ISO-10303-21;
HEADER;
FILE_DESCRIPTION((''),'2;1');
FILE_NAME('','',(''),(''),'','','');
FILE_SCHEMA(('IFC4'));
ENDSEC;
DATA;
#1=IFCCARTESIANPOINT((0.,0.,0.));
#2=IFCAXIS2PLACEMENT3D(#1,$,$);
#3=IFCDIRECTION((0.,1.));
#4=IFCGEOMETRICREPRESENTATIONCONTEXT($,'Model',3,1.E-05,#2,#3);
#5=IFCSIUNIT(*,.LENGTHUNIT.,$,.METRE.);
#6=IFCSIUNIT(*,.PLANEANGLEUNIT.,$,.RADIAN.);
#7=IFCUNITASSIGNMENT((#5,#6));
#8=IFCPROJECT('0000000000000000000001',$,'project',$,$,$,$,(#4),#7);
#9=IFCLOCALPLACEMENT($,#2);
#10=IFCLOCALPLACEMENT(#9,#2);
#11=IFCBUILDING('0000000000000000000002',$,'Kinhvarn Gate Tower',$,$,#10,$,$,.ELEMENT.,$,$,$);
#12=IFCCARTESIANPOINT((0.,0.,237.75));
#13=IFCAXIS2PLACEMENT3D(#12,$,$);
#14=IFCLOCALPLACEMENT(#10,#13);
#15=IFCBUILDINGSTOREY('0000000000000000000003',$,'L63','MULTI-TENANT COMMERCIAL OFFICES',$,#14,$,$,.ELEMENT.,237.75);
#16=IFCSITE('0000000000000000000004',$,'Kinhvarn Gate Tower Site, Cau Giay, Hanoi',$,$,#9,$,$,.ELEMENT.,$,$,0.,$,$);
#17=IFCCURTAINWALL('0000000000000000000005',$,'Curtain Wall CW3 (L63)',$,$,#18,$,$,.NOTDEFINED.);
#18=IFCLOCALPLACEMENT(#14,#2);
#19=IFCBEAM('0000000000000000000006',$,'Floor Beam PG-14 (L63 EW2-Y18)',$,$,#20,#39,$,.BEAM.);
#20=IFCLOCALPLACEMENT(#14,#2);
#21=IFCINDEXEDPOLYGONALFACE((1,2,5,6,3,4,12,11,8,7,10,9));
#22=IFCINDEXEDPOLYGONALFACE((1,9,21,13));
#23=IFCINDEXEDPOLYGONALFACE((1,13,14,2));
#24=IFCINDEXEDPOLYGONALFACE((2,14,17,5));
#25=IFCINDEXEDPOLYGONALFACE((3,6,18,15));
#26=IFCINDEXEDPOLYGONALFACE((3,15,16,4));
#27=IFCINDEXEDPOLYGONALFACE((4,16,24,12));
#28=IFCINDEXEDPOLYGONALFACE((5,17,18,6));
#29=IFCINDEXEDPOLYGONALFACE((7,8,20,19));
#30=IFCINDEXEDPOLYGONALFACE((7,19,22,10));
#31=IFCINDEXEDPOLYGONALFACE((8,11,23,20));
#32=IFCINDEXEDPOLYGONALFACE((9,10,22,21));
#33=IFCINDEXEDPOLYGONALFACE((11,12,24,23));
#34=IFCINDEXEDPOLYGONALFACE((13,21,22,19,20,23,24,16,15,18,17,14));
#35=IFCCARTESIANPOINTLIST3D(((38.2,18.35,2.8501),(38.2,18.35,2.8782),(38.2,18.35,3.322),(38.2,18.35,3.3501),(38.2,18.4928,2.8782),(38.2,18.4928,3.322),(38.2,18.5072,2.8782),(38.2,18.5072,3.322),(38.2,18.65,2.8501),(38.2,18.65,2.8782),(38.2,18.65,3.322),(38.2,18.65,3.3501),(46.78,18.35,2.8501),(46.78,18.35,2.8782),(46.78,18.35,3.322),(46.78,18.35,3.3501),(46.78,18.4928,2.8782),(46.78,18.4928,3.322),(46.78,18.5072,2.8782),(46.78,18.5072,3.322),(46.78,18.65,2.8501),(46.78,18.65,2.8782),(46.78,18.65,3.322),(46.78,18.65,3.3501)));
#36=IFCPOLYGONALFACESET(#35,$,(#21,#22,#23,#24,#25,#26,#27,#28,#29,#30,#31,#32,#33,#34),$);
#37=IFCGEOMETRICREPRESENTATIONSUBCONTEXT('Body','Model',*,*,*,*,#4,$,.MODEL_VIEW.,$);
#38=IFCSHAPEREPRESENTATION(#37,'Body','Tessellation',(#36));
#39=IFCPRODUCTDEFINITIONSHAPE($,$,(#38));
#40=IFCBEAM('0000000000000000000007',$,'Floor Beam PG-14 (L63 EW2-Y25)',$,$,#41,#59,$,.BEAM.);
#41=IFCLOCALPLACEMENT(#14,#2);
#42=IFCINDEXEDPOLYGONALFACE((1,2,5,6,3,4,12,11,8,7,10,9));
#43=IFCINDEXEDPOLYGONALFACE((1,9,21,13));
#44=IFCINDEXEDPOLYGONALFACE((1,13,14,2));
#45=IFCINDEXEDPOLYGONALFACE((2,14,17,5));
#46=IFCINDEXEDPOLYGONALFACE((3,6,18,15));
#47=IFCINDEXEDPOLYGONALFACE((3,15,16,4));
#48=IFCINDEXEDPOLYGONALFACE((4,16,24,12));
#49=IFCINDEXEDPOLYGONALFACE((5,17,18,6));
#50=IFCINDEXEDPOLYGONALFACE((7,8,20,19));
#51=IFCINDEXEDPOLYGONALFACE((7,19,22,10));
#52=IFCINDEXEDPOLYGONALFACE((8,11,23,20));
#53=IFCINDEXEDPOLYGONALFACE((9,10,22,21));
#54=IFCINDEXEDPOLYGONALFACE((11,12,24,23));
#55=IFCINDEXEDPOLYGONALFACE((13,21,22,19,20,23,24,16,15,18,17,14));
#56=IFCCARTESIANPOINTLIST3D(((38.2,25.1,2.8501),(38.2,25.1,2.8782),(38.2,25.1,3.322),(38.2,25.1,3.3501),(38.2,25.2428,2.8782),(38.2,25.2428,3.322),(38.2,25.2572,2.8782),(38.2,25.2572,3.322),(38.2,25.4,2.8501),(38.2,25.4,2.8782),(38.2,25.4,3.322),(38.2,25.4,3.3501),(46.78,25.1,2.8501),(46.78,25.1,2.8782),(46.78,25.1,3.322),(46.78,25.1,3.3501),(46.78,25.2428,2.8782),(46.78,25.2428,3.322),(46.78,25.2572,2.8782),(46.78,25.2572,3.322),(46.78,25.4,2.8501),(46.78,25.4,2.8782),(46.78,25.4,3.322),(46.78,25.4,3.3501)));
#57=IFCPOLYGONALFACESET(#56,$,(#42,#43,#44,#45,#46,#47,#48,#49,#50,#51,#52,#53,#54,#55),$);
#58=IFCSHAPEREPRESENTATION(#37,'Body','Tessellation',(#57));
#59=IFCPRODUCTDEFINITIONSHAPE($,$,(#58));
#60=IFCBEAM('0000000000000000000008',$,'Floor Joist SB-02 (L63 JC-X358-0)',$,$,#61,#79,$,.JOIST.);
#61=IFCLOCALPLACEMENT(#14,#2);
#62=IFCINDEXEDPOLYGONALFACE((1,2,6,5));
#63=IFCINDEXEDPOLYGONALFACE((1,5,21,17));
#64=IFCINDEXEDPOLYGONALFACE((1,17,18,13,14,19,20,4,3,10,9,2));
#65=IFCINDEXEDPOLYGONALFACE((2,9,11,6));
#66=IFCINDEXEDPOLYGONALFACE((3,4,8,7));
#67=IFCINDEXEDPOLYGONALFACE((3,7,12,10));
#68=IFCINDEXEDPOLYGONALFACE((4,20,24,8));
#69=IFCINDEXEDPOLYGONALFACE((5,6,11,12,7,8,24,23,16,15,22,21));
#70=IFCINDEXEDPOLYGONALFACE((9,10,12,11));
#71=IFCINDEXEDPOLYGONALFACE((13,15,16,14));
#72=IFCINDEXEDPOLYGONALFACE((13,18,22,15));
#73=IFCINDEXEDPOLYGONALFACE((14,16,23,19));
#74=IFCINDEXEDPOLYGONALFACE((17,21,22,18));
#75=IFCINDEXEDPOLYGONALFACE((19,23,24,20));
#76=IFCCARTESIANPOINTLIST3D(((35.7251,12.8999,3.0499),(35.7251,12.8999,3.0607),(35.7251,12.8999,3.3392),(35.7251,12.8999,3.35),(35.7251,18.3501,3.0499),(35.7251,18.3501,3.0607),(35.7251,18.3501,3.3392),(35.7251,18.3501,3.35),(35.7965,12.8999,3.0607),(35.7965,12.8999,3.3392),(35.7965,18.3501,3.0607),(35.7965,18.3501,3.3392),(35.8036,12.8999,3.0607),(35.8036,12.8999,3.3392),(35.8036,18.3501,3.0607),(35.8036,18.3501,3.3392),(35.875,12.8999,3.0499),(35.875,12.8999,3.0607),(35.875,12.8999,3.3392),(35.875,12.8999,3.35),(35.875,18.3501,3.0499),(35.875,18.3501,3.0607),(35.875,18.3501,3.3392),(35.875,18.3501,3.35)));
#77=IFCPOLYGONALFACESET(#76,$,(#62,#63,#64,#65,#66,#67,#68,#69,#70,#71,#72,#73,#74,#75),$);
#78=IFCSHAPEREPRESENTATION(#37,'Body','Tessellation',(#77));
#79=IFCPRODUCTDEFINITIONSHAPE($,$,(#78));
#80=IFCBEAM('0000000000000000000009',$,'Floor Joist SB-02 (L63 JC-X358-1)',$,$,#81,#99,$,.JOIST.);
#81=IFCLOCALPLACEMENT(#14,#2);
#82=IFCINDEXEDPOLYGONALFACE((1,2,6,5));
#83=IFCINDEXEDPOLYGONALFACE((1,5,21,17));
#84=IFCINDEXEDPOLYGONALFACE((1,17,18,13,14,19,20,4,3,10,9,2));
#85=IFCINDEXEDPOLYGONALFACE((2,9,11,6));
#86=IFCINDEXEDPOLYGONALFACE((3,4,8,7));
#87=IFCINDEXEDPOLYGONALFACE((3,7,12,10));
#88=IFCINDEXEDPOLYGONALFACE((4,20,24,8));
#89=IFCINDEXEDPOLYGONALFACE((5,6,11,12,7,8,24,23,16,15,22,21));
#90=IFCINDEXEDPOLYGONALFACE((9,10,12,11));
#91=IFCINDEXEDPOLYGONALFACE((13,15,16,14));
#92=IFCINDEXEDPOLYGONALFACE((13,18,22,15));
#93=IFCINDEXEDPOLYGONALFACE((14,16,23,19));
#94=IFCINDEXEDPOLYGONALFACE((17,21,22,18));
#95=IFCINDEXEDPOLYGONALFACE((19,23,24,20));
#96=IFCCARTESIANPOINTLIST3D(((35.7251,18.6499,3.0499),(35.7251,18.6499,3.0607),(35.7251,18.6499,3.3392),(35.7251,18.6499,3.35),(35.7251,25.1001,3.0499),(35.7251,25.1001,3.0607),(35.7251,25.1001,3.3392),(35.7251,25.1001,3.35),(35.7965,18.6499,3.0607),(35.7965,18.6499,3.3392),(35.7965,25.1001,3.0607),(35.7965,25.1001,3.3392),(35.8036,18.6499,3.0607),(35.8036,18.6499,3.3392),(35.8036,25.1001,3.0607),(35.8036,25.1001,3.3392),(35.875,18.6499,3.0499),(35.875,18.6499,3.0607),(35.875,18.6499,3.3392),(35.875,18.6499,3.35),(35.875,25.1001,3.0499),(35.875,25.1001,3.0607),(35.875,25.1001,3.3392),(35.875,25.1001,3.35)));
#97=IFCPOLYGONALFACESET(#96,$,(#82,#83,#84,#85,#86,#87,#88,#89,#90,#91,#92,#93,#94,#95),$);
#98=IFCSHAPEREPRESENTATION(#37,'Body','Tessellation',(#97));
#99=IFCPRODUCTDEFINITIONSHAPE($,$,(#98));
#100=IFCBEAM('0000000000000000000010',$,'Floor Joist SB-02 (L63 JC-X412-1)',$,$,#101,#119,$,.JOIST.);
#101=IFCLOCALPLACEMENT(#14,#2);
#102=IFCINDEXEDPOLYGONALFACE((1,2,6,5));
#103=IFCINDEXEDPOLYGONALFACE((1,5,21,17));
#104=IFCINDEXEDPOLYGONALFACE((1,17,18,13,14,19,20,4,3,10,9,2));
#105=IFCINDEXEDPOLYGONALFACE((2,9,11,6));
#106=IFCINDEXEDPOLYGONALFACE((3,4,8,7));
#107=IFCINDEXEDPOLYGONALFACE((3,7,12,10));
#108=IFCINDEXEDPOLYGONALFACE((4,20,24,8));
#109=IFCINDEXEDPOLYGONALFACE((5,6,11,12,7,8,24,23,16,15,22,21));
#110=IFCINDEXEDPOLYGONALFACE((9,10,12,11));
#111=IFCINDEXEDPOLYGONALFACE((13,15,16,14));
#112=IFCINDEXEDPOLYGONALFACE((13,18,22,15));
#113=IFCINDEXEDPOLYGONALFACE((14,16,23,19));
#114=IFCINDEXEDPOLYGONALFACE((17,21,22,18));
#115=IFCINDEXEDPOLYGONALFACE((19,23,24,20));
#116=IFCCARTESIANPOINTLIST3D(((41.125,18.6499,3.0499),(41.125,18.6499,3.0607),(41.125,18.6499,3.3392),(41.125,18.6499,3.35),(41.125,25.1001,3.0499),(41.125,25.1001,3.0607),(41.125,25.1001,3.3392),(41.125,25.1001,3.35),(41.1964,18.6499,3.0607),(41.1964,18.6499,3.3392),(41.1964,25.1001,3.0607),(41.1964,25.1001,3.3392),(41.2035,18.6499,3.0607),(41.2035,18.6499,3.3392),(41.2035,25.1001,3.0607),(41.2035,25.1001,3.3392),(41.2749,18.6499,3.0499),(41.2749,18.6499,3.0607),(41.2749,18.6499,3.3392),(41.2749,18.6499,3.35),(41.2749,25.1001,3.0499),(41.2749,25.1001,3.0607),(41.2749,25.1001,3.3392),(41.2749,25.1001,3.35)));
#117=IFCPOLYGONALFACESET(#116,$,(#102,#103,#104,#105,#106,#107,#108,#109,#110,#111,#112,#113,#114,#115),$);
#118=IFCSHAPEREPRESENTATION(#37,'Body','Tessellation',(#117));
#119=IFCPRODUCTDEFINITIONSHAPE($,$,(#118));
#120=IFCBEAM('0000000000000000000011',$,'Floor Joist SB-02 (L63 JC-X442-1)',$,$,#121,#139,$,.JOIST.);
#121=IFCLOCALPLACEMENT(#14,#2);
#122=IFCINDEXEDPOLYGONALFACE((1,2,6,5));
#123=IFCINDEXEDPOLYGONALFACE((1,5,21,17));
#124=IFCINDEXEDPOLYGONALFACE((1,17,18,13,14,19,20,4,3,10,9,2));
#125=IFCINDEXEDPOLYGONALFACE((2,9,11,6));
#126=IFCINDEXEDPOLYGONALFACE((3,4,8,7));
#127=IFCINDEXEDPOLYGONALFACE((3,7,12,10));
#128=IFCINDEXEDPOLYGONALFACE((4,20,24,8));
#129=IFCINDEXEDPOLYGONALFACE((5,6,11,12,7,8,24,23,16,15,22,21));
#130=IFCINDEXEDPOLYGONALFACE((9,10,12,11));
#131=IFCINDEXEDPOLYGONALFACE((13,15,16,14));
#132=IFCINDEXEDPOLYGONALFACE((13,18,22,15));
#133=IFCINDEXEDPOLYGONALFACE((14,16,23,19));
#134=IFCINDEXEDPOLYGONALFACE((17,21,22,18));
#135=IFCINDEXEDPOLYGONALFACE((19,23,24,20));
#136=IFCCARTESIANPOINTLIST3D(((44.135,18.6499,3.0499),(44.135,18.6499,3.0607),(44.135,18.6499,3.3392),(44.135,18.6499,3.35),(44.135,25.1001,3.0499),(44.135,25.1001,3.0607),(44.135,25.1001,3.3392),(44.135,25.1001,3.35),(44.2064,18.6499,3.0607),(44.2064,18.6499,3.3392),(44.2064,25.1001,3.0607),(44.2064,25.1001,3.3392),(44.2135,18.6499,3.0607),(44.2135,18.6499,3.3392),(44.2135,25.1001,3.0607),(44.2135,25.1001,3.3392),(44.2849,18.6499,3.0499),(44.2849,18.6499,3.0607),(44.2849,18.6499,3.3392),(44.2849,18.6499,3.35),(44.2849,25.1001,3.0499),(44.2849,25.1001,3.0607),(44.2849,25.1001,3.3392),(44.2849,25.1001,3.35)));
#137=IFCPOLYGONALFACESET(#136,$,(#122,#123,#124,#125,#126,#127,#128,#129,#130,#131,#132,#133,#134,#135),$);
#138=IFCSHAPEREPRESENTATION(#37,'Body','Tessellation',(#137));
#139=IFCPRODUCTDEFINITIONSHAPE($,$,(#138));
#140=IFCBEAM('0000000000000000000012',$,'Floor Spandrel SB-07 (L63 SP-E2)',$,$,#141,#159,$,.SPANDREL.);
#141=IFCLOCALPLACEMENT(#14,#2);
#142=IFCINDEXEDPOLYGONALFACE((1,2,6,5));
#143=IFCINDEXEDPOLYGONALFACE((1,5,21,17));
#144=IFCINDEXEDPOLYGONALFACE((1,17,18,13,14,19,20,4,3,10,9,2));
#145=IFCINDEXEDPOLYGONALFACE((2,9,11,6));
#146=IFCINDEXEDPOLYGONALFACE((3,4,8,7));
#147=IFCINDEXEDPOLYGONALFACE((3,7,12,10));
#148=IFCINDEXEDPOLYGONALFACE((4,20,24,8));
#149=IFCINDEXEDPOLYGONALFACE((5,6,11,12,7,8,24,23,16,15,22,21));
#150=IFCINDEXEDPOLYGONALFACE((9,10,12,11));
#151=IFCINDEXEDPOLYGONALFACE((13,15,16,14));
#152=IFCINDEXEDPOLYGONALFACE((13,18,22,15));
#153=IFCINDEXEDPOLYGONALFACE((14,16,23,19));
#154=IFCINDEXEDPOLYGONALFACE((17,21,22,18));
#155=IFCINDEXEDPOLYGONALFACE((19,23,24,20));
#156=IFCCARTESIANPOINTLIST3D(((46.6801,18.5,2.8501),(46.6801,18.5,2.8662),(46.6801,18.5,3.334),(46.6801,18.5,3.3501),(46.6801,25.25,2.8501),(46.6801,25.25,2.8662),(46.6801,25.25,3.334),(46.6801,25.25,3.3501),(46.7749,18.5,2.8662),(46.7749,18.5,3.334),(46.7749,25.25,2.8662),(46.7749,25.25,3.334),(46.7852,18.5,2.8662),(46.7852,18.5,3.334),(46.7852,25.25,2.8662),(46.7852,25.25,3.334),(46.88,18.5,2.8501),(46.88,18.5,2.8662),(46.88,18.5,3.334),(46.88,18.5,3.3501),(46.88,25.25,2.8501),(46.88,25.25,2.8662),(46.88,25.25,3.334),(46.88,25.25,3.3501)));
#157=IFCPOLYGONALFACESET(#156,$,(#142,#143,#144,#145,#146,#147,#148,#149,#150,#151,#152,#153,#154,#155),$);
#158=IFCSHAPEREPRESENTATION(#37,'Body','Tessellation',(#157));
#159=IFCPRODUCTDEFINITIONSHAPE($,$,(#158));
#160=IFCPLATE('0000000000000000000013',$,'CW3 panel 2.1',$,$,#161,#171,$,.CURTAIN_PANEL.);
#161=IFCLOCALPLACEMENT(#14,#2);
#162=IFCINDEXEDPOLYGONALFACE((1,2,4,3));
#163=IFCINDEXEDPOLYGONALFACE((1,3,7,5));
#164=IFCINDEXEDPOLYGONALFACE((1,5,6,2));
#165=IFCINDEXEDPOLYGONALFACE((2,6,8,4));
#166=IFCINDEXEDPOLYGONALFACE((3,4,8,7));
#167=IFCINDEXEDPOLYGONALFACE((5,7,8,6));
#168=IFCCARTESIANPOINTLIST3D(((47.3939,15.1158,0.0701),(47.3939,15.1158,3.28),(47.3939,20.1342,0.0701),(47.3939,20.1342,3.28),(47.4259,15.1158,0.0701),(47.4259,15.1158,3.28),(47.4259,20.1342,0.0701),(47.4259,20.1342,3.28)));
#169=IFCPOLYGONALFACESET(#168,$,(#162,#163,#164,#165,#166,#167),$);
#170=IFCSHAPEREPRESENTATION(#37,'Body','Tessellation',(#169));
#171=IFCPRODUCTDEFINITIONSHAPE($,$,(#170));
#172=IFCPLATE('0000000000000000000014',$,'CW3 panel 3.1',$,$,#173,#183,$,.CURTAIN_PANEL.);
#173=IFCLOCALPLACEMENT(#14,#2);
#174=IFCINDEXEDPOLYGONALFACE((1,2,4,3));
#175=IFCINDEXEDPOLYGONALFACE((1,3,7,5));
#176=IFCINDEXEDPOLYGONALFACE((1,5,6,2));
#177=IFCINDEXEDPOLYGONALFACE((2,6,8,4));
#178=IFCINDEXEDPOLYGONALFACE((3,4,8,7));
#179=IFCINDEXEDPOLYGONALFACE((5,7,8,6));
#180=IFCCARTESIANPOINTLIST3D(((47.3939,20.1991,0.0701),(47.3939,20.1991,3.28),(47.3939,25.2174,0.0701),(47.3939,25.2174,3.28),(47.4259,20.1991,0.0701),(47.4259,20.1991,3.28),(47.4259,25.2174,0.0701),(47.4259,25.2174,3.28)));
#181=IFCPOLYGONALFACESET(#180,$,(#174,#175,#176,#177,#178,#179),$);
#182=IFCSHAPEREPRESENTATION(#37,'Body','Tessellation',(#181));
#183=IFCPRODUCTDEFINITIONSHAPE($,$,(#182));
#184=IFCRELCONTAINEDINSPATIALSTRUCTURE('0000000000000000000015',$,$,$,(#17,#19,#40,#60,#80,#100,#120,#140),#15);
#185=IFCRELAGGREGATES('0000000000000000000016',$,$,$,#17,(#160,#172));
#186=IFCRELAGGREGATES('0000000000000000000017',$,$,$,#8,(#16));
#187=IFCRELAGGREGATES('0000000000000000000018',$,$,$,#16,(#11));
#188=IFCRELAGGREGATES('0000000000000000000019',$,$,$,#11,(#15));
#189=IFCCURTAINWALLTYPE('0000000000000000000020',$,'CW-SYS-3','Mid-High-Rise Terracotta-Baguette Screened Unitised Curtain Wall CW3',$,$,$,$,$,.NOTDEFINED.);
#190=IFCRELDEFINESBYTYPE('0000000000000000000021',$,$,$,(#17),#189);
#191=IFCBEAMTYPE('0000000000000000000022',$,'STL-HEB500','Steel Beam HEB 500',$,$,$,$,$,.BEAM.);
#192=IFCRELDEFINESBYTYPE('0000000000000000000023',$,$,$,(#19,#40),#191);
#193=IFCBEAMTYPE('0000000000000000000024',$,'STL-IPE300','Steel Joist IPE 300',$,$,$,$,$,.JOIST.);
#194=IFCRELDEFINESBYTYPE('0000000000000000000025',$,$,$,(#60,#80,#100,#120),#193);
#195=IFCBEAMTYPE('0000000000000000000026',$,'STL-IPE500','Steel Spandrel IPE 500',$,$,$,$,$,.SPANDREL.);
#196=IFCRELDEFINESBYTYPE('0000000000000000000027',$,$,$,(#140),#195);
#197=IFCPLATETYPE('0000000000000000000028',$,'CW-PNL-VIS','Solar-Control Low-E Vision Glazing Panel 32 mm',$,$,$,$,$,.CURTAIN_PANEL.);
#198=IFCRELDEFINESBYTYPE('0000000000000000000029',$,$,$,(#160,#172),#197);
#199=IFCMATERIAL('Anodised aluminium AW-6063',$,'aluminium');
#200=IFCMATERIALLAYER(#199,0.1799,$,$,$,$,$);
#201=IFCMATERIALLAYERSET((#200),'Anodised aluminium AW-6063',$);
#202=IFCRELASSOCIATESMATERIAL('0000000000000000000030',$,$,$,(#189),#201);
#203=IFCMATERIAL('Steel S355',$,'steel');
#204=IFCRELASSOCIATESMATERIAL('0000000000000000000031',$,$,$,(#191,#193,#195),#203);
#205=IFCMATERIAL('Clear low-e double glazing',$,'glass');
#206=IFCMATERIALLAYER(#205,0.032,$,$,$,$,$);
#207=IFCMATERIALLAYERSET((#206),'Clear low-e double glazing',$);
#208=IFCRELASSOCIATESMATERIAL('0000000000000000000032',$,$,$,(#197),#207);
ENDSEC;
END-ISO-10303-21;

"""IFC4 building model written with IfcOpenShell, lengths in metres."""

from ifc_helpers import new_model, si_unit, direction, frame, origin, origin_2d, place, context, subcontext, project, spatial, rectangle, i_section, extrude, material, layer, layer_set, material_profile, profile_set, type_object, element, aggregate, save


model = new_model("IFC4")

# Units and contexts
model_context = context("Model", 3, precision=1e-05, world=origin(), true_north=direction((0.0, 1.0)))
body_context = subcontext(model_context, "Body", "Model", "MODEL_VIEW")
ifc_project = project(units=[si_unit("LENGTHUNIT", "METRE"), si_unit("PLANEANGLEUNIT", "RADIAN")], contexts=[model_context])

# Site, building, storey
site_placement = place(None, origin())
site = spatial("IfcSite", under=ifc_project, at=site_placement, Name="Kinhvarn Gate Tower Site, Cau Giay, Hanoi", CompositionType="ELEMENT", RefElevation=0.0)
building_placement = place(site_placement, origin())
building = spatial("IfcBuilding", under=site, at=building_placement, Name="Kinhvarn Gate Tower", CompositionType="ELEMENT")
storey_placement = place(building_placement, frame((0.0, 0.0, 237.75)))
storey = spatial("IfcBuildingStorey", under=building, at=storey_placement, Name="L63", Description="MULTI-TENANT COMMERCIAL OFFICES", CompositionType="ELEMENT", Elevation=237.75)

# Curtain wall
ifc_material_1 = material(Name="Anodised aluminium AW-6063", Category="aluminium")
ifc_layer_1 = layer(ifc_material_1, 0.1799)
ifc_layer_set_1 = layer_set([ifc_layer_1], Name="Anodised aluminium AW-6063")
curtain_wall_type = type_object("IfcCurtainWallType", Name="CW-SYS-3", Description="Mid-High-Rise Terracotta-Baguette Screened Unitised Curtain Wall CW3", PredefinedType="NOTDEFINED", material=ifc_layer_set_1)
curtain_wall_placement = place(storey_placement, origin())
curtain_wall = element("IfcCurtainWall", 1, at=curtain_wall_placement, inside=storey, type_object=curtain_wall_type, Name="Curtain Wall CW3 (L63)", PredefinedType="NOTDEFINED")

# Beams
ifc_material_2 = material(Name="Steel S355", Category="steel")
ifc_material_profile_1 = material_profile(ifc_material_2, i_section(OverallWidth=0.3, OverallDepth=0.5, WebThickness=0.0144, FlangeThickness=0.0281, at=origin_2d()), Name="HEB 500")
ifc_profile_set_1 = profile_set([ifc_material_profile_1], Name="Steel S355")
beam_type_1 = type_object("IfcBeamType", Name="STL-HEB500", Description="Steel Beam HEB 500", PredefinedType="BEAM", material=ifc_profile_set_1)
for number, where, z_axis, x_axis, name in (
    (2, (38.2, 18.5, 3.1001), (1.0, 0.0, 0.0), (0.0, 1.0, 0.0), "Floor Beam PG-14 (L63 EW2-Y18)"),
    (3, (38.2, 25.25, 3.1001), (1.0, 0.0, 0.0), (0.0, 1.0, 0.0), "Floor Beam PG-14 (L63 EW2-Y25)"),
):
    element("IfcBeam", number, at=place(storey_placement, frame(where, z_axis=z_axis, x_axis=x_axis)), inside=storey, type_object=beam_type_1, Name=name, PredefinedType="BEAM", context=body_context, shape_type="SweptSolid", body=[
        extrude(i_section(OverallWidth=0.3, OverallDepth=0.5, WebThickness=0.0144, FlangeThickness=0.0281, at=origin_2d()), origin(), (0.0, 0.0, 1.0), 8.5801),
    ])
ifc_material_profile_2 = material_profile(ifc_material_2, i_section(OverallWidth=0.1499, OverallDepth=0.3, WebThickness=0.0071, FlangeThickness=0.0107, at=origin_2d()), Name="IPE 300")
ifc_profile_set_2 = profile_set([ifc_material_profile_2], Name="Steel S355")
beam_type_2 = type_object("IfcBeamType", Name="STL-IPE300", Description="Steel Joist IPE 300", PredefinedType="JOIST", material=ifc_profile_set_2)
beam_1_placement = place(storey_placement, frame((35.8, 12.8999, 3.2), z_axis=(0.0, 1.0, 0.0), x_axis=(-1.0, 0.0, 0.0)))
element("IfcBeam", 4, at=beam_1_placement, inside=storey, type_object=beam_type_2, Name="Floor Joist SB-02 (L63 JC-X358-0)", PredefinedType="JOIST", context=body_context, shape_type="SweptSolid", body=[
    extrude(i_section(OverallWidth=0.1499, OverallDepth=0.3, WebThickness=0.0071, FlangeThickness=0.0107, at=origin_2d()), origin(), (0.0, 0.0, 1.0), 5.4502),
])
for number, where, z_axis, x_axis, name in (
    (5, (35.8, 18.6499, 3.2), (0.0, 1.0, 0.0), (-1.0, 0.0, 0.0), "Floor Joist SB-02 (L63 JC-X358-1)"),
    (6, (41.2, 18.6499, 3.2), (0.0, 1.0, 0.0), (-1.0, 0.0, 0.0), "Floor Joist SB-02 (L63 JC-X412-1)"),
    (7, (44.21, 18.6499, 3.2), (0.0, 1.0, 0.0), (-1.0, 0.0, 0.0), "Floor Joist SB-02 (L63 JC-X442-1)"),
):
    element("IfcBeam", number, at=place(storey_placement, frame(where, z_axis=z_axis, x_axis=x_axis)), inside=storey, type_object=beam_type_2, Name=name, PredefinedType="JOIST", context=body_context, shape_type="SweptSolid", body=[
        extrude(i_section(OverallWidth=0.1499, OverallDepth=0.3, WebThickness=0.0071, FlangeThickness=0.0107, at=origin_2d()), origin(), (0.0, 0.0, 1.0), 6.4502),
    ])
ifc_material_profile_3 = material_profile(ifc_material_2, i_section(OverallWidth=0.2, OverallDepth=0.5, WebThickness=0.0103, FlangeThickness=0.0161, at=origin_2d()), Name="IPE 500")
ifc_profile_set_3 = profile_set([ifc_material_profile_3], Name="Steel S355")
beam_type_3 = type_object("IfcBeamType", Name="STL-IPE500", Description="Steel Spandrel IPE 500", PredefinedType="SPANDREL", material=ifc_profile_set_3)
beam_2_placement = place(storey_placement, frame((46.78, 18.5, 3.1001), z_axis=(0.0, 1.0, 0.0), x_axis=(-1.0, 0.0, 0.0)))
element("IfcBeam", 8, at=beam_2_placement, inside=storey, type_object=beam_type_3, Name="Floor Spandrel SB-07 (L63 SP-E2)", PredefinedType="SPANDREL", context=body_context, shape_type="SweptSolid", body=[
    extrude(i_section(OverallWidth=0.2, OverallDepth=0.5, WebThickness=0.0103, FlangeThickness=0.0161, at=origin_2d()), origin(), (0.0, 0.0, 1.0), 6.75),
])

# Plates
ifc_material_3 = material(Name="Clear low-e double glazing", Category="glass")
ifc_layer_2 = layer(ifc_material_3, 0.032)
ifc_layer_set_2 = layer_set([ifc_layer_2], Name="Clear low-e double glazing")
plate_type = type_object("IfcPlateType", Name="CW-PNL-VIS", Description="Solar-Control Low-E Vision Glazing Panel 32 mm", PredefinedType="CURTAIN_PANEL", material=ifc_layer_set_2)
plate_1_placement = place(storey_placement, frame((47.4099, 17.625, 0.0701), z_axis=(0.0, 0.0, 1.0), x_axis=(0.0, 1.0, 0.0)))
plate_1 = element("IfcPlate", 9, at=plate_1_placement, type_object=plate_type, Name="CW3 panel 2.1", PredefinedType="CURTAIN_PANEL", context=body_context, shape_type="SweptSolid", body=[
    extrude(rectangle(XDim=5.0183, YDim=0.032, at=origin_2d()), origin(), (0.0, 0.0, 1.0), 3.21),
])
plate_2_placement = place(storey_placement, frame((47.4099, 22.7083, 0.0701), z_axis=(0.0, 0.0, 1.0), x_axis=(0.0, 1.0, 0.0)))
plate_2 = element("IfcPlate", 10, at=plate_2_placement, type_object=plate_type, Name="CW3 panel 3.1", PredefinedType="CURTAIN_PANEL", context=body_context, shape_type="SweptSolid", body=[
    extrude(rectangle(XDim=5.0183, YDim=0.032, at=origin_2d()), origin(), (0.0, 0.0, 1.0), 3.21),
])
aggregate(curtain_wall, [plate_1, plate_2])

save(model, "model.ifc")
